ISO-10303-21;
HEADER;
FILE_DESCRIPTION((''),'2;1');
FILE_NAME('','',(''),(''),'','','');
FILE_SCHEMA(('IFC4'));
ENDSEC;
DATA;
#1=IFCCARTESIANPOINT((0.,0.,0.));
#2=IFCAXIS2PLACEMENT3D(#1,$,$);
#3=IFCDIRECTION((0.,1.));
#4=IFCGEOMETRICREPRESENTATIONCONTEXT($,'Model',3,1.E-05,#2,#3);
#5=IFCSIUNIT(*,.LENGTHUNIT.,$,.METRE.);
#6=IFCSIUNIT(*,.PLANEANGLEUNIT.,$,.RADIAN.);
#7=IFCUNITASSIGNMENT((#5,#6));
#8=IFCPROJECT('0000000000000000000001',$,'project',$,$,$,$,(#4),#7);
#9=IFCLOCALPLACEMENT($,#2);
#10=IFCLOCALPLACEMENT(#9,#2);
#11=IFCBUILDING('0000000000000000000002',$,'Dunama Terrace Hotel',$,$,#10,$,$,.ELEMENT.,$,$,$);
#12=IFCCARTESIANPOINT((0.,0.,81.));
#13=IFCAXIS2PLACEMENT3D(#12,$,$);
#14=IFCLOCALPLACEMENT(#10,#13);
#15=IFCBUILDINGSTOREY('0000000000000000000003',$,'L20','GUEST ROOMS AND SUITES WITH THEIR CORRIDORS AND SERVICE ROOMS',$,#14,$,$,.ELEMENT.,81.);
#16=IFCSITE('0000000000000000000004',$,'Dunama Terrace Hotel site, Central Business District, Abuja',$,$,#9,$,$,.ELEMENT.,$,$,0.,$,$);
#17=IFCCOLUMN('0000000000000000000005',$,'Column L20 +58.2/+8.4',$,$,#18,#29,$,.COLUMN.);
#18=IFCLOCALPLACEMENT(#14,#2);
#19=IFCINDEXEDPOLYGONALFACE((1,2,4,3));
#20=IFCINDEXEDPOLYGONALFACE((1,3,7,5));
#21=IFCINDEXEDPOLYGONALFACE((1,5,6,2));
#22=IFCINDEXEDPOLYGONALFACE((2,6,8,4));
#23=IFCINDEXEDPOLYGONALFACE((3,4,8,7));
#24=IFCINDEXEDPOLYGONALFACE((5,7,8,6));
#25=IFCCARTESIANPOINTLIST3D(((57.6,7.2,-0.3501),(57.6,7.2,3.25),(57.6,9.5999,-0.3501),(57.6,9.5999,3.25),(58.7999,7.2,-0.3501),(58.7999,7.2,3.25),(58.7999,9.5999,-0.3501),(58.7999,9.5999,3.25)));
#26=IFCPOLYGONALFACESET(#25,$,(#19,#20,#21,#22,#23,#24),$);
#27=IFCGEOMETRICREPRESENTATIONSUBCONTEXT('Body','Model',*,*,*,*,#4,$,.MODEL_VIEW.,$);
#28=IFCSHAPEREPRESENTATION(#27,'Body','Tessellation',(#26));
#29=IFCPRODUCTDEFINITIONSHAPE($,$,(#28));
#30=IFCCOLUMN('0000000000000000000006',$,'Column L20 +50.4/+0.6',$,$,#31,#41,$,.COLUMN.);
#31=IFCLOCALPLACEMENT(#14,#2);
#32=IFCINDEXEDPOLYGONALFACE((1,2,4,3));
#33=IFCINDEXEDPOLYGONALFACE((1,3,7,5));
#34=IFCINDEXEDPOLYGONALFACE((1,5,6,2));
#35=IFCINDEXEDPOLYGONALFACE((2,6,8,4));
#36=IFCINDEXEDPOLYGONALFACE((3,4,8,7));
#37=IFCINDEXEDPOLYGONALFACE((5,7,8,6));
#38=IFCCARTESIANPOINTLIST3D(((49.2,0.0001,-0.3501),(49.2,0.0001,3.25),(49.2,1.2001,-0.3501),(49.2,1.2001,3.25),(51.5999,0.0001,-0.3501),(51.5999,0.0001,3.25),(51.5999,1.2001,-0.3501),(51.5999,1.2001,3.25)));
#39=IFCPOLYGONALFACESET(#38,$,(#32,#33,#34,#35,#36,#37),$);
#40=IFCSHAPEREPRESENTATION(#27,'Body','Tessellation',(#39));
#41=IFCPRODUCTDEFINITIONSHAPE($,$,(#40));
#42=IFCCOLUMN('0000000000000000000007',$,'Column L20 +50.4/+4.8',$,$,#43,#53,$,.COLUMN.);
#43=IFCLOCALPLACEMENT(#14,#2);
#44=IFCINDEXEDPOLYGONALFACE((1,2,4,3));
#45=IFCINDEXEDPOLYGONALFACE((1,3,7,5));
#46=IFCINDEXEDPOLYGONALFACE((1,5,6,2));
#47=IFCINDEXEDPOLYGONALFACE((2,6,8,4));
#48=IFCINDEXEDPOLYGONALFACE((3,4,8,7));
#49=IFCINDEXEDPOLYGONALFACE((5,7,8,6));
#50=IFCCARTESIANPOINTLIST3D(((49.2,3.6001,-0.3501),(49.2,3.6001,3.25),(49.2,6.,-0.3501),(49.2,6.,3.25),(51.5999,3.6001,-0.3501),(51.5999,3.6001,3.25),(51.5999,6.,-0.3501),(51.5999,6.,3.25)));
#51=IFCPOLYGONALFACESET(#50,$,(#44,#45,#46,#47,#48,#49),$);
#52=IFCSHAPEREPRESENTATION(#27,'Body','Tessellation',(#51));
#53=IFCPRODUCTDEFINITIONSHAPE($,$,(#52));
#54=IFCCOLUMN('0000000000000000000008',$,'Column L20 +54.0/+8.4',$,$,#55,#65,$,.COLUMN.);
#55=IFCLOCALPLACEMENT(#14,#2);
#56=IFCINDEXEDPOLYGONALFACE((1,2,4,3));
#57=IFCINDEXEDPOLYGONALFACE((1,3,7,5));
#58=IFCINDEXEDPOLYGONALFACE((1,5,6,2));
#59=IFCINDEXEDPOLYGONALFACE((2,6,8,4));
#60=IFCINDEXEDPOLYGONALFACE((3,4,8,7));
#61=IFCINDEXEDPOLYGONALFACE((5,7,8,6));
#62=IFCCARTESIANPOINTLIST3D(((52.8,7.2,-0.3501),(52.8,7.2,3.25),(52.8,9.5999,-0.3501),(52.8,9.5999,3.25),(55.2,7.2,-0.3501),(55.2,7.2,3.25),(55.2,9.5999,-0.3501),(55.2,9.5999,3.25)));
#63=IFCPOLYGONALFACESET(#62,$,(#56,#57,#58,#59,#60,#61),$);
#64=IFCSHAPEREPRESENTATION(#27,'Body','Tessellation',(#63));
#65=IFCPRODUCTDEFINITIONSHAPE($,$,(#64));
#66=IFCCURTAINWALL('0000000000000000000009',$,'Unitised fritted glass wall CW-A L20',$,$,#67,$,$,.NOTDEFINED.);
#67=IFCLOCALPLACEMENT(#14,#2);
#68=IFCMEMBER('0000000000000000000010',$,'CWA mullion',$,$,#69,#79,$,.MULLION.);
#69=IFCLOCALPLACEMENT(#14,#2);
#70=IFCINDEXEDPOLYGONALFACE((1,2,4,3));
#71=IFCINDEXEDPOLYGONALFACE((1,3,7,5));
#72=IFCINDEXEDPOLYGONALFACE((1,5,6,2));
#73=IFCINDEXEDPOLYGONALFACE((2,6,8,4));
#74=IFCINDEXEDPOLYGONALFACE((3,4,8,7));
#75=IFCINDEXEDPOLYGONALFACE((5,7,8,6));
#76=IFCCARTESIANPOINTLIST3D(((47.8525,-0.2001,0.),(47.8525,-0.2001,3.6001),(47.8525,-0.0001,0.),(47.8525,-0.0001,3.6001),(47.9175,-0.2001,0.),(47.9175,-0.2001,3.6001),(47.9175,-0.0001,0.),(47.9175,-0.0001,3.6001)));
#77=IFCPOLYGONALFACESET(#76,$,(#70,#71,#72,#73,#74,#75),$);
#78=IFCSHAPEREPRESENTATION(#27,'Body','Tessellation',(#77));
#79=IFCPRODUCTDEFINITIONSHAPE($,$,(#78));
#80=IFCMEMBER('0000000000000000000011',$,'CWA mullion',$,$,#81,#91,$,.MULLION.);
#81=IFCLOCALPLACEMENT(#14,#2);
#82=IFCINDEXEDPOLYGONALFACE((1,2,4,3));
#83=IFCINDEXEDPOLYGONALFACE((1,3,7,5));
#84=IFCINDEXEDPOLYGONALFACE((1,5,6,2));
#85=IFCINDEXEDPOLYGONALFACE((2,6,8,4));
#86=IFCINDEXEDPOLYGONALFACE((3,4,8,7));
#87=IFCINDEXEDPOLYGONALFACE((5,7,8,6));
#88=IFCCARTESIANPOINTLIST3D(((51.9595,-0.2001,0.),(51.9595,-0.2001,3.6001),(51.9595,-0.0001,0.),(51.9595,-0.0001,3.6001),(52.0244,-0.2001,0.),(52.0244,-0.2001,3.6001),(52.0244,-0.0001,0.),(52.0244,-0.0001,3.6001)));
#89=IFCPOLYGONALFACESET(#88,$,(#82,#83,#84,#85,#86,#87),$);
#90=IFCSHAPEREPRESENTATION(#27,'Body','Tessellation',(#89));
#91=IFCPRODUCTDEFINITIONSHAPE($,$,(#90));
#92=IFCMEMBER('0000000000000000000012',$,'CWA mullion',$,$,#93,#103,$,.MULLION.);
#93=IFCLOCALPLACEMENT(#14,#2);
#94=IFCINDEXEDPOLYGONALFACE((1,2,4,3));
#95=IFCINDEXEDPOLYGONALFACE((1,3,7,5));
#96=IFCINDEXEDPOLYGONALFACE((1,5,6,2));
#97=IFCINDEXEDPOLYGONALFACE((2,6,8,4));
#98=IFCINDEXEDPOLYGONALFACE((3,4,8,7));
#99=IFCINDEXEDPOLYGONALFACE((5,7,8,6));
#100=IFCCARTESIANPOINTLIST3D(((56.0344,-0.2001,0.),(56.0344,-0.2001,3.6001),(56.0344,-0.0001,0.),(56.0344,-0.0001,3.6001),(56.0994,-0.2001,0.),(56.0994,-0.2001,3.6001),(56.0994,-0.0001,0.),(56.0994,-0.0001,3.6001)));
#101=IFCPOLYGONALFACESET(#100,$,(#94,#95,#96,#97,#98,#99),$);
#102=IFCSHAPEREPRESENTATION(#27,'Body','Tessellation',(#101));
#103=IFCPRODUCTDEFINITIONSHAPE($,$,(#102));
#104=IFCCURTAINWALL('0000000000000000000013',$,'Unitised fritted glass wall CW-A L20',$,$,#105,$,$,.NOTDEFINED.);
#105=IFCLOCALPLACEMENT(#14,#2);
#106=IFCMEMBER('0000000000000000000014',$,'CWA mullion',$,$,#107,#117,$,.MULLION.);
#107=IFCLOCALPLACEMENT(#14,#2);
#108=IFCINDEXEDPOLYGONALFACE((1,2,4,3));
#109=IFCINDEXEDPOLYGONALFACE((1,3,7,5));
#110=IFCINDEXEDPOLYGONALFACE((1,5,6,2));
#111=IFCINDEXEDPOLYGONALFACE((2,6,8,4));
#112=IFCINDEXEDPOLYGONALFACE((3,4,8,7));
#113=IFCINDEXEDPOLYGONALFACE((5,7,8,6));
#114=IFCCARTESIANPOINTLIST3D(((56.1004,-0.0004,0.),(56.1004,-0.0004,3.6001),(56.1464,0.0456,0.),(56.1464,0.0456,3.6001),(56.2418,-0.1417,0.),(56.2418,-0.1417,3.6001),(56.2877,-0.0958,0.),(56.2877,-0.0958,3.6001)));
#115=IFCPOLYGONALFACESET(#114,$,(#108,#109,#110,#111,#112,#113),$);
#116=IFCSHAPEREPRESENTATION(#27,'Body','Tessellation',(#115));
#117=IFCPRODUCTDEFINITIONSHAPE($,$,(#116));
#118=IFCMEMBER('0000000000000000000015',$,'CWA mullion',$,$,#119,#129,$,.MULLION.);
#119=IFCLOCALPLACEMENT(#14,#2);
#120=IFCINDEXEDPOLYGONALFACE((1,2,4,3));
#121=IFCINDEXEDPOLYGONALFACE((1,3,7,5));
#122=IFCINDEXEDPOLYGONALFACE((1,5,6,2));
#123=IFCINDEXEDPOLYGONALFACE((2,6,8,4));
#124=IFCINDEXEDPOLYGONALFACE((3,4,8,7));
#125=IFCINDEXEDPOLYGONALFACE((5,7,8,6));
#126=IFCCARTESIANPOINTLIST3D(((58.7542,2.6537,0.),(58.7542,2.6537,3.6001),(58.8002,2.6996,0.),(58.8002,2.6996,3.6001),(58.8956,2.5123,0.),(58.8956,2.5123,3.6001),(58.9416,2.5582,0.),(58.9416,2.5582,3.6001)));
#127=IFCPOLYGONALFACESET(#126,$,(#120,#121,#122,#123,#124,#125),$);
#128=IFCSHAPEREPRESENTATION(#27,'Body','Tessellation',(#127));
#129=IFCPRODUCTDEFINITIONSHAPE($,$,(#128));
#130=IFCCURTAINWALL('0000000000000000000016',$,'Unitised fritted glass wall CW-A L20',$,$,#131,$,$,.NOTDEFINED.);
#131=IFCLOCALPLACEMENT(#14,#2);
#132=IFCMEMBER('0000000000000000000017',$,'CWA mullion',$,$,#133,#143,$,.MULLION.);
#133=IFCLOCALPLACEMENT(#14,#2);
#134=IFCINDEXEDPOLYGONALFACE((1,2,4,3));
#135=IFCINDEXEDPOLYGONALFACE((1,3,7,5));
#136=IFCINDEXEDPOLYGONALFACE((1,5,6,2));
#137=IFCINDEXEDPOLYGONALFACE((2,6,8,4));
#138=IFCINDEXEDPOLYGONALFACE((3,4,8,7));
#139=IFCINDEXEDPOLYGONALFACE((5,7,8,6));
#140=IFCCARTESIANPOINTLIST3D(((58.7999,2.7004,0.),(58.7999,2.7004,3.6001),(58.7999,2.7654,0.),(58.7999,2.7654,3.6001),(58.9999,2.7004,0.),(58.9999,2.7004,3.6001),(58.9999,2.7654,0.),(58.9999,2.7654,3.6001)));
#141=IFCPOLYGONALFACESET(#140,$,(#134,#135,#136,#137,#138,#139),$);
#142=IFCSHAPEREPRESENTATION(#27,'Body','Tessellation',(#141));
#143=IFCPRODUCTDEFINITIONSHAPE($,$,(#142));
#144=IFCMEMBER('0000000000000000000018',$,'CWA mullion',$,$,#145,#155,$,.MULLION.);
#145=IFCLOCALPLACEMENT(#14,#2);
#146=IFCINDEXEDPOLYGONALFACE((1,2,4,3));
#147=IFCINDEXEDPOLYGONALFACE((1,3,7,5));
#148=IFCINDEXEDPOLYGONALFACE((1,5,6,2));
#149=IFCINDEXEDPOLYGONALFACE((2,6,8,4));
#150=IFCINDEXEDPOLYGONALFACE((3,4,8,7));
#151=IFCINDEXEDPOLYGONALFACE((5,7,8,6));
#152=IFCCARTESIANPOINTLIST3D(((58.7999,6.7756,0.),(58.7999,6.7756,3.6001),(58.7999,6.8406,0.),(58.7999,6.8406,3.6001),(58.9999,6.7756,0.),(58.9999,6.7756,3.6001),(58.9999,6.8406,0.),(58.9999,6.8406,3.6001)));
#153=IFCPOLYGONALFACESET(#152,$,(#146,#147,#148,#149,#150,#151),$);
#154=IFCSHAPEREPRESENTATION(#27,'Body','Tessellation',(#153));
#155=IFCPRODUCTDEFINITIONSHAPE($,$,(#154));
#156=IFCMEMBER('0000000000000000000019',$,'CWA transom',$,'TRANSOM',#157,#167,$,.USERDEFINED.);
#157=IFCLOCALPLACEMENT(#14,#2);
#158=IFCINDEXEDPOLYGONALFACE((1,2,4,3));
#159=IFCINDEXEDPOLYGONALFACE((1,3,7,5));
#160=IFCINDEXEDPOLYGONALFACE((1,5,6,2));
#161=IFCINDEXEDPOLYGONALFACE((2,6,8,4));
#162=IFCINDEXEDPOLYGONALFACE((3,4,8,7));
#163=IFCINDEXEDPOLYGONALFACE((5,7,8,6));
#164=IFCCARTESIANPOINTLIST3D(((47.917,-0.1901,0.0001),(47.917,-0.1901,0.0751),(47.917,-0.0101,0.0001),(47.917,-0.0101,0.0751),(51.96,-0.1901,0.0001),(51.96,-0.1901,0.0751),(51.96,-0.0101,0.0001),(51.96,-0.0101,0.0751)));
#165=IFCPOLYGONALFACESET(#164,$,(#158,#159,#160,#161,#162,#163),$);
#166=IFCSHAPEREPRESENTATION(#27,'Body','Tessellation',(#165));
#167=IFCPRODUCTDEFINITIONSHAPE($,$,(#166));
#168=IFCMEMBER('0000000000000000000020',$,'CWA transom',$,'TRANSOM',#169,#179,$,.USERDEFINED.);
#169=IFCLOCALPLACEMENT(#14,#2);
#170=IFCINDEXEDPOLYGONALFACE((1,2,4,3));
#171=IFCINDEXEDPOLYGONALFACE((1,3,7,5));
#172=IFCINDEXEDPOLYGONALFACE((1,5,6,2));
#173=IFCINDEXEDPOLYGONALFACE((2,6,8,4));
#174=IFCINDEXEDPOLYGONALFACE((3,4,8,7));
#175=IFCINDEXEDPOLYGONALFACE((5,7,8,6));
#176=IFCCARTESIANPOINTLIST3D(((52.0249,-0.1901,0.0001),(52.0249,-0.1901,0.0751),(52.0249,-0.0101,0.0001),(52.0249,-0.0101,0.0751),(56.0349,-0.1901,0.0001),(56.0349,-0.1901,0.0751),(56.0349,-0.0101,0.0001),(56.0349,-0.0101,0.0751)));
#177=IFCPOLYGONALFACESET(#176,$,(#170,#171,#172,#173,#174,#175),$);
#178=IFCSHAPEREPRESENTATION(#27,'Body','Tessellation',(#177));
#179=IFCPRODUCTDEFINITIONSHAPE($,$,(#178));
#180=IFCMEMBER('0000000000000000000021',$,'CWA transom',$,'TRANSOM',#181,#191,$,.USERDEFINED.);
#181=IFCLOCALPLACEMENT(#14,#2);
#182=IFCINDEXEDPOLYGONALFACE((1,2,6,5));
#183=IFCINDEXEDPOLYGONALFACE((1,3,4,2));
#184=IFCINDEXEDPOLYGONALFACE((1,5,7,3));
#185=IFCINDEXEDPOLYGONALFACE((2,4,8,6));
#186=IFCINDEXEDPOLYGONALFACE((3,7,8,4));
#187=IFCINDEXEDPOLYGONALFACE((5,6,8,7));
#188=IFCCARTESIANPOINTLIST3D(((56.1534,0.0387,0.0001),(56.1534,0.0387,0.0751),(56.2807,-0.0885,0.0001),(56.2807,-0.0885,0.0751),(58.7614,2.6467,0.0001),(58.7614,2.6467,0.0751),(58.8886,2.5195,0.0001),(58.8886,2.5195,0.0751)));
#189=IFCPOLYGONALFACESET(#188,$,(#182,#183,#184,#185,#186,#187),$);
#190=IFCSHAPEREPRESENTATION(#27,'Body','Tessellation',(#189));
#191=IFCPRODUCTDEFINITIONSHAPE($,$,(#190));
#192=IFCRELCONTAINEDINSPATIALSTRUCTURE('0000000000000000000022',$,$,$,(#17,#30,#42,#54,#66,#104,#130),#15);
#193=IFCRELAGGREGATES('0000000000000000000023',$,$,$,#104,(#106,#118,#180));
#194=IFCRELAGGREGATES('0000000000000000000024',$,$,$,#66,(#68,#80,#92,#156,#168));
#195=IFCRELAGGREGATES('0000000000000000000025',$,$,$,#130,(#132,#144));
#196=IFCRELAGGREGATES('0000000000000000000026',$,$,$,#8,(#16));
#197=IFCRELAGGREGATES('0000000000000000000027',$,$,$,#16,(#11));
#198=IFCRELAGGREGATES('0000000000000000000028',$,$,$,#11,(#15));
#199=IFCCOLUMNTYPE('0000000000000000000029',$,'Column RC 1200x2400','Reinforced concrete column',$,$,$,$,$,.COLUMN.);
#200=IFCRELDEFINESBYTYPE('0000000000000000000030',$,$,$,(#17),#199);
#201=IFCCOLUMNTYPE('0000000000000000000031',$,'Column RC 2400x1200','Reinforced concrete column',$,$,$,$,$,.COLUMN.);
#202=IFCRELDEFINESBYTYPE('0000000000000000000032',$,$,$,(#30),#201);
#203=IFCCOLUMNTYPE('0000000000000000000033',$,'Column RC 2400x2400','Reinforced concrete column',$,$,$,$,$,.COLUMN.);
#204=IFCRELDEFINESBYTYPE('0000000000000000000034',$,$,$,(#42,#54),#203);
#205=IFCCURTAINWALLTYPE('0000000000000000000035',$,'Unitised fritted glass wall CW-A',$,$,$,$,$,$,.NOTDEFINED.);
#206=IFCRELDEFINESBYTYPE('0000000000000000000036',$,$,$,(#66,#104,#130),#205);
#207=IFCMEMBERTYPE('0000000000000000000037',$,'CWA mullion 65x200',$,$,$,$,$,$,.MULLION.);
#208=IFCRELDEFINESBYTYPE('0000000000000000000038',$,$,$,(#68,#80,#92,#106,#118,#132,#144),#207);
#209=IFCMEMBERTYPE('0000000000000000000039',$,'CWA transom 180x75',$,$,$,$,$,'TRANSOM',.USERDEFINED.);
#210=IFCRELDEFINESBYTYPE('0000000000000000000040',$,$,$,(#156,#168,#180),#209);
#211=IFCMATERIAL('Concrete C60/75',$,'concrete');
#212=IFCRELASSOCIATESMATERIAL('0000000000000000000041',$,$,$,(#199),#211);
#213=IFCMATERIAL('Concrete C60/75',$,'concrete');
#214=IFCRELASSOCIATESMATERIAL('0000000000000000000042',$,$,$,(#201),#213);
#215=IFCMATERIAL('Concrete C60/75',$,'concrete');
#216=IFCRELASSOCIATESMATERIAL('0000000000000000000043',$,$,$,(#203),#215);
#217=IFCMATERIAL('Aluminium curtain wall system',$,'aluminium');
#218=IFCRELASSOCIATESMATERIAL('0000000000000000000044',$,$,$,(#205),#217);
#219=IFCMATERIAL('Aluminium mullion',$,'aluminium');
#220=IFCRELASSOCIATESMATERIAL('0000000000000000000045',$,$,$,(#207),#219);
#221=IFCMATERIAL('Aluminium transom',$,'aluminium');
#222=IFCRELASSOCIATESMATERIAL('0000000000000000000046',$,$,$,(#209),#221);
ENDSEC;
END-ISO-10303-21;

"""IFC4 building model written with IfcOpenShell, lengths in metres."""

from ifc_helpers import new_model, si_unit, direction, frame, origin, origin_2d, place, context, subcontext, project, spatial, rectangle, extrude, material, material_profile, profile_set, type_object, element, aggregate, save


model = new_model("IFC4")

# Units and contexts
model_context = context("Model", 3, precision=1e-05, world=origin(), true_north=direction((0.0, 1.0)))
body_context = subcontext(model_context, "Body", "Model", "MODEL_VIEW")
ifc_project = project(units=[si_unit("LENGTHUNIT", "METRE"), si_unit("PLANEANGLEUNIT", "RADIAN")], contexts=[model_context])

# Site, building, storey
site_placement = place(None, origin())
site = spatial("IfcSite", under=ifc_project, at=site_placement, Name="Dunama Terrace Hotel site, Central Business District, Abuja", CompositionType="ELEMENT", RefElevation=0.0)
building_placement = place(site_placement, origin())
building = spatial("IfcBuilding", under=site, at=building_placement, Name="Dunama Terrace Hotel", CompositionType="ELEMENT")
storey_placement = place(building_placement, frame((0.0, 0.0, 81.0)))
storey = spatial("IfcBuildingStorey", under=building, at=storey_placement, Name="L20", Description="GUEST ROOMS AND SUITES WITH THEIR CORRIDORS AND SERVICE ROOMS", CompositionType="ELEMENT", Elevation=81.0)

# Columns
ifc_material_1 = material(Name="Concrete C60/75", Category="concrete")
ifc_material_profile_1 = material_profile(ifc_material_1, rectangle(XDim=1.2, YDim=2.3999, at=origin_2d()), Name="RC 1200x2400")
ifc_profile_set_1 = profile_set([ifc_material_profile_1], Name="Concrete C60/75")
column_type_1 = type_object("IfcColumnType", Name="Column RC 1200x2400", Description="Reinforced concrete column", PredefinedType="COLUMN", material=ifc_profile_set_1)
column_1_placement = place(storey_placement, frame((58.2, 8.3999, -0.3501), z_axis=(0.0, 0.0, 1.0), x_axis=(1.0, 0.0, 0.0)))
element("IfcColumn", 1, at=column_1_placement, inside=storey, type_object=column_type_1, Name="Column L20 +58.2/+8.4", PredefinedType="COLUMN", context=body_context, shape_type="SweptSolid", body=[
    extrude(rectangle(XDim=1.2, YDim=2.3999, at=origin_2d()), origin(), (0.0, 0.0, 1.0), 3.6001),
])
ifc_material_2 = material(Name="Concrete C60/75", Category="concrete")
ifc_material_profile_2 = material_profile(ifc_material_2, rectangle(XDim=2.3999, YDim=1.2, at=origin_2d()), Name="RC 2400x1200")
ifc_profile_set_2 = profile_set([ifc_material_profile_2], Name="Concrete C60/75")
column_type_2 = type_object("IfcColumnType", Name="Column RC 2400x1200", Description="Reinforced concrete column", PredefinedType="COLUMN", material=ifc_profile_set_2)
column_2_placement = place(storey_placement, frame((50.3999, 0.6001, -0.3501), z_axis=(0.0, 0.0, 1.0), x_axis=(1.0, 0.0, 0.0)))
element("IfcColumn", 2, at=column_2_placement, inside=storey, type_object=column_type_2, Name="Column L20 +50.4/+0.6", PredefinedType="COLUMN", context=body_context, shape_type="SweptSolid", body=[
    extrude(rectangle(XDim=2.3999, YDim=1.2, at=origin_2d()), origin(), (0.0, 0.0, 1.0), 3.6001),
])
ifc_material_3 = material(Name="Concrete C60/75", Category="concrete")
ifc_material_profile_3 = material_profile(ifc_material_3, rectangle(XDim=2.3999, YDim=2.3999, at=origin_2d()), Name="RC 2400x2400")
ifc_profile_set_3 = profile_set([ifc_material_profile_3], Name="Concrete C60/75")
column_type_3 = type_object("IfcColumnType", Name="Column RC 2400x2400", Description="Reinforced concrete column", PredefinedType="COLUMN", material=ifc_profile_set_3)
for number, where, z_axis, x_axis, name in (
    (3, (50.3999, 4.8, -0.3501), (0.0, 0.0, 1.0), (1.0, 0.0, 0.0), "Column L20 +50.4/+4.8"),
    (4, (54.0, 8.3999, -0.3501), (0.0, 0.0, 1.0), (1.0, 0.0, 0.0), "Column L20 +54.0/+8.4"),
):
    element("IfcColumn", number, at=place(storey_placement, frame(where, z_axis=z_axis, x_axis=x_axis)), inside=storey, type_object=column_type_3, Name=name, PredefinedType="COLUMN", context=body_context, shape_type="SweptSolid", body=[
        extrude(rectangle(XDim=2.3999, YDim=2.3999, at=origin_2d()), origin(), (0.0, 0.0, 1.0), 3.6001),
    ])

# Curtain walls, members
ifc_material_4 = material(Name="Aluminium curtain wall system", Category="aluminium")
curtain_wall_type = type_object("IfcCurtainWallType", Name="Unitised fritted glass wall CW-A", PredefinedType="NOTDEFINED", material=ifc_material_4)
curtain_wall_1_placement = place(storey_placement, origin())
curtain_wall_1 = element("IfcCurtainWall", 5, at=curtain_wall_1_placement, inside=storey, type_object=curtain_wall_type, Name="Unitised fritted glass wall CW-A L20", PredefinedType="NOTDEFINED")
ifc_material_5 = material(Name="Aluminium mullion", Category="aluminium")
ifc_material_profile_4 = material_profile(ifc_material_5, rectangle(XDim=0.0649, YDim=0.2, at=origin_2d()), Name="CWA MULLION 65X200")
ifc_profile_set_4 = profile_set([ifc_material_profile_4], Name="Aluminium mullion")
member_type_1 = type_object("IfcMemberType", Name="CWA mullion 65x200", PredefinedType="MULLION", material=ifc_profile_set_4)
member_1_placement = place(storey_placement, frame((47.885, -0.1001, 0.0), z_axis=(0.0, 0.0, 1.0), x_axis=(1.0, 0.0, 0.0)))
member_1 = element("IfcMember", 6, at=member_1_placement, type_object=member_type_1, Name="CWA mullion", PredefinedType="MULLION", context=body_context, shape_type="SweptSolid", body=[
    extrude(rectangle(XDim=0.0649, YDim=0.2, at=origin_2d()), origin(), (0.0, 0.0, 1.0), 3.6001),
])
member_2_placement = place(storey_placement, frame((51.9919, -0.1001, 0.0), z_axis=(0.0, 0.0, 1.0), x_axis=(1.0, 0.0, 0.0)))
member_2 = element("IfcMember", 7, at=member_2_placement, type_object=member_type_1, Name="CWA mullion", PredefinedType="MULLION", context=body_context, shape_type="SweptSolid", body=[
    extrude(rectangle(XDim=0.0649, YDim=0.2, at=origin_2d()), origin(), (0.0, 0.0, 1.0), 3.6001),
])
member_3_placement = place(storey_placement, frame((56.0669, -0.1001, 0.0), z_axis=(0.0, 0.0, 1.0), x_axis=(1.0, 0.0, 0.0)))
member_3 = element("IfcMember", 8, at=member_3_placement, type_object=member_type_1, Name="CWA mullion", PredefinedType="MULLION", context=body_context, shape_type="SweptSolid", body=[
    extrude(rectangle(XDim=0.0649, YDim=0.2, at=origin_2d()), origin(), (0.0, 0.0, 1.0), 3.6001),
])
curtain_wall_2_placement = place(storey_placement, origin())
curtain_wall_2 = element("IfcCurtainWall", 9, at=curtain_wall_2_placement, inside=storey, type_object=curtain_wall_type, Name="Unitised fritted glass wall CW-A L20", PredefinedType="NOTDEFINED")
member_4_placement = place(storey_placement, frame((56.1941, -0.0481, 0.0), z_axis=(0.0, 0.0, 1.0), x_axis=(0.707107, 0.707107, 0.0)))
member_4 = element("IfcMember", 10, at=member_4_placement, type_object=member_type_1, Name="CWA mullion", PredefinedType="MULLION", context=body_context, shape_type="SweptSolid", body=[
    extrude(rectangle(XDim=0.0649, YDim=0.2, at=origin_2d()), origin(), (0.0, 0.0, 1.0), 3.6001),
])
member_5_placement = place(storey_placement, frame((58.8479, 2.606, 0.0), z_axis=(0.0, 0.0, 1.0), x_axis=(0.707107, 0.707107, 0.0)))
member_5 = element("IfcMember", 11, at=member_5_placement, type_object=member_type_1, Name="CWA mullion", PredefinedType="MULLION", context=body_context, shape_type="SweptSolid", body=[
    extrude(rectangle(XDim=0.0649, YDim=0.2, at=origin_2d()), origin(), (0.0, 0.0, 1.0), 3.6001),
])
curtain_wall_3_placement = place(storey_placement, origin())
curtain_wall_3 = element("IfcCurtainWall", 12, at=curtain_wall_3_placement, inside=storey, type_object=curtain_wall_type, Name="Unitised fritted glass wall CW-A L20", PredefinedType="NOTDEFINED")
member_6_placement = place(storey_placement, frame((58.8999, 2.7329, 0.0), z_axis=(0.0, 0.0, 1.0), x_axis=(0.0, 1.0, 0.0)))
member_6 = element("IfcMember", 13, at=member_6_placement, type_object=member_type_1, Name="CWA mullion", PredefinedType="MULLION", context=body_context, shape_type="SweptSolid", body=[
    extrude(rectangle(XDim=0.0649, YDim=0.2, at=origin_2d()), origin(), (0.0, 0.0, 1.0), 3.6001),
])
member_7_placement = place(storey_placement, frame((58.8999, 6.8081, 0.0), z_axis=(0.0, 0.0, 1.0), x_axis=(0.0, 1.0, 0.0)))
member_7 = element("IfcMember", 14, at=member_7_placement, type_object=member_type_1, Name="CWA mullion", PredefinedType="MULLION", context=body_context, shape_type="SweptSolid", body=[
    extrude(rectangle(XDim=0.0649, YDim=0.2, at=origin_2d()), origin(), (0.0, 0.0, 1.0), 3.6001),
])

# Members
ifc_material_6 = material(Name="Aluminium transom", Category="aluminium")
ifc_material_profile_5 = material_profile(ifc_material_6, rectangle(XDim=0.1799, YDim=0.075, at=origin_2d()), Name="CWA TRANSOM 180X75")
ifc_profile_set_5 = profile_set([ifc_material_profile_5], Name="Aluminium transom")
member_type_2 = type_object("IfcMemberType", Name="CWA transom 180x75", ElementType="TRANSOM", PredefinedType="USERDEFINED", material=ifc_profile_set_5)
member_8_placement = place(storey_placement, frame((47.917, -0.1001, 0.0376), z_axis=(1.0, 0.0, 0.0), x_axis=(0.0, 1.0, 0.0)))
member_8 = element("IfcMember", 15, at=member_8_placement, type_object=member_type_2, Name="CWA transom", ObjectType="TRANSOM", PredefinedType="USERDEFINED", context=body_context, shape_type="SweptSolid", body=[
    extrude(rectangle(XDim=0.1799, YDim=0.075, at=origin_2d()), origin(), (0.0, 0.0, 1.0), 4.043),
])
member_9_placement = place(storey_placement, frame((52.0249, -0.1001, 0.0376), z_axis=(1.0, 0.0, 0.0), x_axis=(0.0, 1.0, 0.0)))
member_9 = element("IfcMember", 16, at=member_9_placement, type_object=member_type_2, Name="CWA transom", ObjectType="TRANSOM", PredefinedType="USERDEFINED", context=body_context, shape_type="SweptSolid", body=[
    extrude(rectangle(XDim=0.1799, YDim=0.075, at=origin_2d()), origin(), (0.0, 0.0, 1.0), 4.01),
])
member_10_placement = place(storey_placement, frame((56.217, -0.0249, 0.0376), z_axis=(0.707107, 0.707107, 0.0), x_axis=(-0.707107, 0.707107, 0.0)))
member_10 = element("IfcMember", 17, at=member_10_placement, type_object=member_type_2, Name="CWA transom", ObjectType="TRANSOM", PredefinedType="USERDEFINED", context=body_context, shape_type="SweptSolid", body=[
    extrude(rectangle(XDim=0.1799, YDim=0.075, at=origin_2d()), origin(), (0.0, 0.0, 1.0), 3.6882),
])

aggregate(curtain_wall_2, [member_4, member_5, member_10])
aggregate(curtain_wall_1, [member_1, member_2, member_3, member_8, member_9])
aggregate(curtain_wall_3, [member_6, member_7])

save(model, "model.ifc")
